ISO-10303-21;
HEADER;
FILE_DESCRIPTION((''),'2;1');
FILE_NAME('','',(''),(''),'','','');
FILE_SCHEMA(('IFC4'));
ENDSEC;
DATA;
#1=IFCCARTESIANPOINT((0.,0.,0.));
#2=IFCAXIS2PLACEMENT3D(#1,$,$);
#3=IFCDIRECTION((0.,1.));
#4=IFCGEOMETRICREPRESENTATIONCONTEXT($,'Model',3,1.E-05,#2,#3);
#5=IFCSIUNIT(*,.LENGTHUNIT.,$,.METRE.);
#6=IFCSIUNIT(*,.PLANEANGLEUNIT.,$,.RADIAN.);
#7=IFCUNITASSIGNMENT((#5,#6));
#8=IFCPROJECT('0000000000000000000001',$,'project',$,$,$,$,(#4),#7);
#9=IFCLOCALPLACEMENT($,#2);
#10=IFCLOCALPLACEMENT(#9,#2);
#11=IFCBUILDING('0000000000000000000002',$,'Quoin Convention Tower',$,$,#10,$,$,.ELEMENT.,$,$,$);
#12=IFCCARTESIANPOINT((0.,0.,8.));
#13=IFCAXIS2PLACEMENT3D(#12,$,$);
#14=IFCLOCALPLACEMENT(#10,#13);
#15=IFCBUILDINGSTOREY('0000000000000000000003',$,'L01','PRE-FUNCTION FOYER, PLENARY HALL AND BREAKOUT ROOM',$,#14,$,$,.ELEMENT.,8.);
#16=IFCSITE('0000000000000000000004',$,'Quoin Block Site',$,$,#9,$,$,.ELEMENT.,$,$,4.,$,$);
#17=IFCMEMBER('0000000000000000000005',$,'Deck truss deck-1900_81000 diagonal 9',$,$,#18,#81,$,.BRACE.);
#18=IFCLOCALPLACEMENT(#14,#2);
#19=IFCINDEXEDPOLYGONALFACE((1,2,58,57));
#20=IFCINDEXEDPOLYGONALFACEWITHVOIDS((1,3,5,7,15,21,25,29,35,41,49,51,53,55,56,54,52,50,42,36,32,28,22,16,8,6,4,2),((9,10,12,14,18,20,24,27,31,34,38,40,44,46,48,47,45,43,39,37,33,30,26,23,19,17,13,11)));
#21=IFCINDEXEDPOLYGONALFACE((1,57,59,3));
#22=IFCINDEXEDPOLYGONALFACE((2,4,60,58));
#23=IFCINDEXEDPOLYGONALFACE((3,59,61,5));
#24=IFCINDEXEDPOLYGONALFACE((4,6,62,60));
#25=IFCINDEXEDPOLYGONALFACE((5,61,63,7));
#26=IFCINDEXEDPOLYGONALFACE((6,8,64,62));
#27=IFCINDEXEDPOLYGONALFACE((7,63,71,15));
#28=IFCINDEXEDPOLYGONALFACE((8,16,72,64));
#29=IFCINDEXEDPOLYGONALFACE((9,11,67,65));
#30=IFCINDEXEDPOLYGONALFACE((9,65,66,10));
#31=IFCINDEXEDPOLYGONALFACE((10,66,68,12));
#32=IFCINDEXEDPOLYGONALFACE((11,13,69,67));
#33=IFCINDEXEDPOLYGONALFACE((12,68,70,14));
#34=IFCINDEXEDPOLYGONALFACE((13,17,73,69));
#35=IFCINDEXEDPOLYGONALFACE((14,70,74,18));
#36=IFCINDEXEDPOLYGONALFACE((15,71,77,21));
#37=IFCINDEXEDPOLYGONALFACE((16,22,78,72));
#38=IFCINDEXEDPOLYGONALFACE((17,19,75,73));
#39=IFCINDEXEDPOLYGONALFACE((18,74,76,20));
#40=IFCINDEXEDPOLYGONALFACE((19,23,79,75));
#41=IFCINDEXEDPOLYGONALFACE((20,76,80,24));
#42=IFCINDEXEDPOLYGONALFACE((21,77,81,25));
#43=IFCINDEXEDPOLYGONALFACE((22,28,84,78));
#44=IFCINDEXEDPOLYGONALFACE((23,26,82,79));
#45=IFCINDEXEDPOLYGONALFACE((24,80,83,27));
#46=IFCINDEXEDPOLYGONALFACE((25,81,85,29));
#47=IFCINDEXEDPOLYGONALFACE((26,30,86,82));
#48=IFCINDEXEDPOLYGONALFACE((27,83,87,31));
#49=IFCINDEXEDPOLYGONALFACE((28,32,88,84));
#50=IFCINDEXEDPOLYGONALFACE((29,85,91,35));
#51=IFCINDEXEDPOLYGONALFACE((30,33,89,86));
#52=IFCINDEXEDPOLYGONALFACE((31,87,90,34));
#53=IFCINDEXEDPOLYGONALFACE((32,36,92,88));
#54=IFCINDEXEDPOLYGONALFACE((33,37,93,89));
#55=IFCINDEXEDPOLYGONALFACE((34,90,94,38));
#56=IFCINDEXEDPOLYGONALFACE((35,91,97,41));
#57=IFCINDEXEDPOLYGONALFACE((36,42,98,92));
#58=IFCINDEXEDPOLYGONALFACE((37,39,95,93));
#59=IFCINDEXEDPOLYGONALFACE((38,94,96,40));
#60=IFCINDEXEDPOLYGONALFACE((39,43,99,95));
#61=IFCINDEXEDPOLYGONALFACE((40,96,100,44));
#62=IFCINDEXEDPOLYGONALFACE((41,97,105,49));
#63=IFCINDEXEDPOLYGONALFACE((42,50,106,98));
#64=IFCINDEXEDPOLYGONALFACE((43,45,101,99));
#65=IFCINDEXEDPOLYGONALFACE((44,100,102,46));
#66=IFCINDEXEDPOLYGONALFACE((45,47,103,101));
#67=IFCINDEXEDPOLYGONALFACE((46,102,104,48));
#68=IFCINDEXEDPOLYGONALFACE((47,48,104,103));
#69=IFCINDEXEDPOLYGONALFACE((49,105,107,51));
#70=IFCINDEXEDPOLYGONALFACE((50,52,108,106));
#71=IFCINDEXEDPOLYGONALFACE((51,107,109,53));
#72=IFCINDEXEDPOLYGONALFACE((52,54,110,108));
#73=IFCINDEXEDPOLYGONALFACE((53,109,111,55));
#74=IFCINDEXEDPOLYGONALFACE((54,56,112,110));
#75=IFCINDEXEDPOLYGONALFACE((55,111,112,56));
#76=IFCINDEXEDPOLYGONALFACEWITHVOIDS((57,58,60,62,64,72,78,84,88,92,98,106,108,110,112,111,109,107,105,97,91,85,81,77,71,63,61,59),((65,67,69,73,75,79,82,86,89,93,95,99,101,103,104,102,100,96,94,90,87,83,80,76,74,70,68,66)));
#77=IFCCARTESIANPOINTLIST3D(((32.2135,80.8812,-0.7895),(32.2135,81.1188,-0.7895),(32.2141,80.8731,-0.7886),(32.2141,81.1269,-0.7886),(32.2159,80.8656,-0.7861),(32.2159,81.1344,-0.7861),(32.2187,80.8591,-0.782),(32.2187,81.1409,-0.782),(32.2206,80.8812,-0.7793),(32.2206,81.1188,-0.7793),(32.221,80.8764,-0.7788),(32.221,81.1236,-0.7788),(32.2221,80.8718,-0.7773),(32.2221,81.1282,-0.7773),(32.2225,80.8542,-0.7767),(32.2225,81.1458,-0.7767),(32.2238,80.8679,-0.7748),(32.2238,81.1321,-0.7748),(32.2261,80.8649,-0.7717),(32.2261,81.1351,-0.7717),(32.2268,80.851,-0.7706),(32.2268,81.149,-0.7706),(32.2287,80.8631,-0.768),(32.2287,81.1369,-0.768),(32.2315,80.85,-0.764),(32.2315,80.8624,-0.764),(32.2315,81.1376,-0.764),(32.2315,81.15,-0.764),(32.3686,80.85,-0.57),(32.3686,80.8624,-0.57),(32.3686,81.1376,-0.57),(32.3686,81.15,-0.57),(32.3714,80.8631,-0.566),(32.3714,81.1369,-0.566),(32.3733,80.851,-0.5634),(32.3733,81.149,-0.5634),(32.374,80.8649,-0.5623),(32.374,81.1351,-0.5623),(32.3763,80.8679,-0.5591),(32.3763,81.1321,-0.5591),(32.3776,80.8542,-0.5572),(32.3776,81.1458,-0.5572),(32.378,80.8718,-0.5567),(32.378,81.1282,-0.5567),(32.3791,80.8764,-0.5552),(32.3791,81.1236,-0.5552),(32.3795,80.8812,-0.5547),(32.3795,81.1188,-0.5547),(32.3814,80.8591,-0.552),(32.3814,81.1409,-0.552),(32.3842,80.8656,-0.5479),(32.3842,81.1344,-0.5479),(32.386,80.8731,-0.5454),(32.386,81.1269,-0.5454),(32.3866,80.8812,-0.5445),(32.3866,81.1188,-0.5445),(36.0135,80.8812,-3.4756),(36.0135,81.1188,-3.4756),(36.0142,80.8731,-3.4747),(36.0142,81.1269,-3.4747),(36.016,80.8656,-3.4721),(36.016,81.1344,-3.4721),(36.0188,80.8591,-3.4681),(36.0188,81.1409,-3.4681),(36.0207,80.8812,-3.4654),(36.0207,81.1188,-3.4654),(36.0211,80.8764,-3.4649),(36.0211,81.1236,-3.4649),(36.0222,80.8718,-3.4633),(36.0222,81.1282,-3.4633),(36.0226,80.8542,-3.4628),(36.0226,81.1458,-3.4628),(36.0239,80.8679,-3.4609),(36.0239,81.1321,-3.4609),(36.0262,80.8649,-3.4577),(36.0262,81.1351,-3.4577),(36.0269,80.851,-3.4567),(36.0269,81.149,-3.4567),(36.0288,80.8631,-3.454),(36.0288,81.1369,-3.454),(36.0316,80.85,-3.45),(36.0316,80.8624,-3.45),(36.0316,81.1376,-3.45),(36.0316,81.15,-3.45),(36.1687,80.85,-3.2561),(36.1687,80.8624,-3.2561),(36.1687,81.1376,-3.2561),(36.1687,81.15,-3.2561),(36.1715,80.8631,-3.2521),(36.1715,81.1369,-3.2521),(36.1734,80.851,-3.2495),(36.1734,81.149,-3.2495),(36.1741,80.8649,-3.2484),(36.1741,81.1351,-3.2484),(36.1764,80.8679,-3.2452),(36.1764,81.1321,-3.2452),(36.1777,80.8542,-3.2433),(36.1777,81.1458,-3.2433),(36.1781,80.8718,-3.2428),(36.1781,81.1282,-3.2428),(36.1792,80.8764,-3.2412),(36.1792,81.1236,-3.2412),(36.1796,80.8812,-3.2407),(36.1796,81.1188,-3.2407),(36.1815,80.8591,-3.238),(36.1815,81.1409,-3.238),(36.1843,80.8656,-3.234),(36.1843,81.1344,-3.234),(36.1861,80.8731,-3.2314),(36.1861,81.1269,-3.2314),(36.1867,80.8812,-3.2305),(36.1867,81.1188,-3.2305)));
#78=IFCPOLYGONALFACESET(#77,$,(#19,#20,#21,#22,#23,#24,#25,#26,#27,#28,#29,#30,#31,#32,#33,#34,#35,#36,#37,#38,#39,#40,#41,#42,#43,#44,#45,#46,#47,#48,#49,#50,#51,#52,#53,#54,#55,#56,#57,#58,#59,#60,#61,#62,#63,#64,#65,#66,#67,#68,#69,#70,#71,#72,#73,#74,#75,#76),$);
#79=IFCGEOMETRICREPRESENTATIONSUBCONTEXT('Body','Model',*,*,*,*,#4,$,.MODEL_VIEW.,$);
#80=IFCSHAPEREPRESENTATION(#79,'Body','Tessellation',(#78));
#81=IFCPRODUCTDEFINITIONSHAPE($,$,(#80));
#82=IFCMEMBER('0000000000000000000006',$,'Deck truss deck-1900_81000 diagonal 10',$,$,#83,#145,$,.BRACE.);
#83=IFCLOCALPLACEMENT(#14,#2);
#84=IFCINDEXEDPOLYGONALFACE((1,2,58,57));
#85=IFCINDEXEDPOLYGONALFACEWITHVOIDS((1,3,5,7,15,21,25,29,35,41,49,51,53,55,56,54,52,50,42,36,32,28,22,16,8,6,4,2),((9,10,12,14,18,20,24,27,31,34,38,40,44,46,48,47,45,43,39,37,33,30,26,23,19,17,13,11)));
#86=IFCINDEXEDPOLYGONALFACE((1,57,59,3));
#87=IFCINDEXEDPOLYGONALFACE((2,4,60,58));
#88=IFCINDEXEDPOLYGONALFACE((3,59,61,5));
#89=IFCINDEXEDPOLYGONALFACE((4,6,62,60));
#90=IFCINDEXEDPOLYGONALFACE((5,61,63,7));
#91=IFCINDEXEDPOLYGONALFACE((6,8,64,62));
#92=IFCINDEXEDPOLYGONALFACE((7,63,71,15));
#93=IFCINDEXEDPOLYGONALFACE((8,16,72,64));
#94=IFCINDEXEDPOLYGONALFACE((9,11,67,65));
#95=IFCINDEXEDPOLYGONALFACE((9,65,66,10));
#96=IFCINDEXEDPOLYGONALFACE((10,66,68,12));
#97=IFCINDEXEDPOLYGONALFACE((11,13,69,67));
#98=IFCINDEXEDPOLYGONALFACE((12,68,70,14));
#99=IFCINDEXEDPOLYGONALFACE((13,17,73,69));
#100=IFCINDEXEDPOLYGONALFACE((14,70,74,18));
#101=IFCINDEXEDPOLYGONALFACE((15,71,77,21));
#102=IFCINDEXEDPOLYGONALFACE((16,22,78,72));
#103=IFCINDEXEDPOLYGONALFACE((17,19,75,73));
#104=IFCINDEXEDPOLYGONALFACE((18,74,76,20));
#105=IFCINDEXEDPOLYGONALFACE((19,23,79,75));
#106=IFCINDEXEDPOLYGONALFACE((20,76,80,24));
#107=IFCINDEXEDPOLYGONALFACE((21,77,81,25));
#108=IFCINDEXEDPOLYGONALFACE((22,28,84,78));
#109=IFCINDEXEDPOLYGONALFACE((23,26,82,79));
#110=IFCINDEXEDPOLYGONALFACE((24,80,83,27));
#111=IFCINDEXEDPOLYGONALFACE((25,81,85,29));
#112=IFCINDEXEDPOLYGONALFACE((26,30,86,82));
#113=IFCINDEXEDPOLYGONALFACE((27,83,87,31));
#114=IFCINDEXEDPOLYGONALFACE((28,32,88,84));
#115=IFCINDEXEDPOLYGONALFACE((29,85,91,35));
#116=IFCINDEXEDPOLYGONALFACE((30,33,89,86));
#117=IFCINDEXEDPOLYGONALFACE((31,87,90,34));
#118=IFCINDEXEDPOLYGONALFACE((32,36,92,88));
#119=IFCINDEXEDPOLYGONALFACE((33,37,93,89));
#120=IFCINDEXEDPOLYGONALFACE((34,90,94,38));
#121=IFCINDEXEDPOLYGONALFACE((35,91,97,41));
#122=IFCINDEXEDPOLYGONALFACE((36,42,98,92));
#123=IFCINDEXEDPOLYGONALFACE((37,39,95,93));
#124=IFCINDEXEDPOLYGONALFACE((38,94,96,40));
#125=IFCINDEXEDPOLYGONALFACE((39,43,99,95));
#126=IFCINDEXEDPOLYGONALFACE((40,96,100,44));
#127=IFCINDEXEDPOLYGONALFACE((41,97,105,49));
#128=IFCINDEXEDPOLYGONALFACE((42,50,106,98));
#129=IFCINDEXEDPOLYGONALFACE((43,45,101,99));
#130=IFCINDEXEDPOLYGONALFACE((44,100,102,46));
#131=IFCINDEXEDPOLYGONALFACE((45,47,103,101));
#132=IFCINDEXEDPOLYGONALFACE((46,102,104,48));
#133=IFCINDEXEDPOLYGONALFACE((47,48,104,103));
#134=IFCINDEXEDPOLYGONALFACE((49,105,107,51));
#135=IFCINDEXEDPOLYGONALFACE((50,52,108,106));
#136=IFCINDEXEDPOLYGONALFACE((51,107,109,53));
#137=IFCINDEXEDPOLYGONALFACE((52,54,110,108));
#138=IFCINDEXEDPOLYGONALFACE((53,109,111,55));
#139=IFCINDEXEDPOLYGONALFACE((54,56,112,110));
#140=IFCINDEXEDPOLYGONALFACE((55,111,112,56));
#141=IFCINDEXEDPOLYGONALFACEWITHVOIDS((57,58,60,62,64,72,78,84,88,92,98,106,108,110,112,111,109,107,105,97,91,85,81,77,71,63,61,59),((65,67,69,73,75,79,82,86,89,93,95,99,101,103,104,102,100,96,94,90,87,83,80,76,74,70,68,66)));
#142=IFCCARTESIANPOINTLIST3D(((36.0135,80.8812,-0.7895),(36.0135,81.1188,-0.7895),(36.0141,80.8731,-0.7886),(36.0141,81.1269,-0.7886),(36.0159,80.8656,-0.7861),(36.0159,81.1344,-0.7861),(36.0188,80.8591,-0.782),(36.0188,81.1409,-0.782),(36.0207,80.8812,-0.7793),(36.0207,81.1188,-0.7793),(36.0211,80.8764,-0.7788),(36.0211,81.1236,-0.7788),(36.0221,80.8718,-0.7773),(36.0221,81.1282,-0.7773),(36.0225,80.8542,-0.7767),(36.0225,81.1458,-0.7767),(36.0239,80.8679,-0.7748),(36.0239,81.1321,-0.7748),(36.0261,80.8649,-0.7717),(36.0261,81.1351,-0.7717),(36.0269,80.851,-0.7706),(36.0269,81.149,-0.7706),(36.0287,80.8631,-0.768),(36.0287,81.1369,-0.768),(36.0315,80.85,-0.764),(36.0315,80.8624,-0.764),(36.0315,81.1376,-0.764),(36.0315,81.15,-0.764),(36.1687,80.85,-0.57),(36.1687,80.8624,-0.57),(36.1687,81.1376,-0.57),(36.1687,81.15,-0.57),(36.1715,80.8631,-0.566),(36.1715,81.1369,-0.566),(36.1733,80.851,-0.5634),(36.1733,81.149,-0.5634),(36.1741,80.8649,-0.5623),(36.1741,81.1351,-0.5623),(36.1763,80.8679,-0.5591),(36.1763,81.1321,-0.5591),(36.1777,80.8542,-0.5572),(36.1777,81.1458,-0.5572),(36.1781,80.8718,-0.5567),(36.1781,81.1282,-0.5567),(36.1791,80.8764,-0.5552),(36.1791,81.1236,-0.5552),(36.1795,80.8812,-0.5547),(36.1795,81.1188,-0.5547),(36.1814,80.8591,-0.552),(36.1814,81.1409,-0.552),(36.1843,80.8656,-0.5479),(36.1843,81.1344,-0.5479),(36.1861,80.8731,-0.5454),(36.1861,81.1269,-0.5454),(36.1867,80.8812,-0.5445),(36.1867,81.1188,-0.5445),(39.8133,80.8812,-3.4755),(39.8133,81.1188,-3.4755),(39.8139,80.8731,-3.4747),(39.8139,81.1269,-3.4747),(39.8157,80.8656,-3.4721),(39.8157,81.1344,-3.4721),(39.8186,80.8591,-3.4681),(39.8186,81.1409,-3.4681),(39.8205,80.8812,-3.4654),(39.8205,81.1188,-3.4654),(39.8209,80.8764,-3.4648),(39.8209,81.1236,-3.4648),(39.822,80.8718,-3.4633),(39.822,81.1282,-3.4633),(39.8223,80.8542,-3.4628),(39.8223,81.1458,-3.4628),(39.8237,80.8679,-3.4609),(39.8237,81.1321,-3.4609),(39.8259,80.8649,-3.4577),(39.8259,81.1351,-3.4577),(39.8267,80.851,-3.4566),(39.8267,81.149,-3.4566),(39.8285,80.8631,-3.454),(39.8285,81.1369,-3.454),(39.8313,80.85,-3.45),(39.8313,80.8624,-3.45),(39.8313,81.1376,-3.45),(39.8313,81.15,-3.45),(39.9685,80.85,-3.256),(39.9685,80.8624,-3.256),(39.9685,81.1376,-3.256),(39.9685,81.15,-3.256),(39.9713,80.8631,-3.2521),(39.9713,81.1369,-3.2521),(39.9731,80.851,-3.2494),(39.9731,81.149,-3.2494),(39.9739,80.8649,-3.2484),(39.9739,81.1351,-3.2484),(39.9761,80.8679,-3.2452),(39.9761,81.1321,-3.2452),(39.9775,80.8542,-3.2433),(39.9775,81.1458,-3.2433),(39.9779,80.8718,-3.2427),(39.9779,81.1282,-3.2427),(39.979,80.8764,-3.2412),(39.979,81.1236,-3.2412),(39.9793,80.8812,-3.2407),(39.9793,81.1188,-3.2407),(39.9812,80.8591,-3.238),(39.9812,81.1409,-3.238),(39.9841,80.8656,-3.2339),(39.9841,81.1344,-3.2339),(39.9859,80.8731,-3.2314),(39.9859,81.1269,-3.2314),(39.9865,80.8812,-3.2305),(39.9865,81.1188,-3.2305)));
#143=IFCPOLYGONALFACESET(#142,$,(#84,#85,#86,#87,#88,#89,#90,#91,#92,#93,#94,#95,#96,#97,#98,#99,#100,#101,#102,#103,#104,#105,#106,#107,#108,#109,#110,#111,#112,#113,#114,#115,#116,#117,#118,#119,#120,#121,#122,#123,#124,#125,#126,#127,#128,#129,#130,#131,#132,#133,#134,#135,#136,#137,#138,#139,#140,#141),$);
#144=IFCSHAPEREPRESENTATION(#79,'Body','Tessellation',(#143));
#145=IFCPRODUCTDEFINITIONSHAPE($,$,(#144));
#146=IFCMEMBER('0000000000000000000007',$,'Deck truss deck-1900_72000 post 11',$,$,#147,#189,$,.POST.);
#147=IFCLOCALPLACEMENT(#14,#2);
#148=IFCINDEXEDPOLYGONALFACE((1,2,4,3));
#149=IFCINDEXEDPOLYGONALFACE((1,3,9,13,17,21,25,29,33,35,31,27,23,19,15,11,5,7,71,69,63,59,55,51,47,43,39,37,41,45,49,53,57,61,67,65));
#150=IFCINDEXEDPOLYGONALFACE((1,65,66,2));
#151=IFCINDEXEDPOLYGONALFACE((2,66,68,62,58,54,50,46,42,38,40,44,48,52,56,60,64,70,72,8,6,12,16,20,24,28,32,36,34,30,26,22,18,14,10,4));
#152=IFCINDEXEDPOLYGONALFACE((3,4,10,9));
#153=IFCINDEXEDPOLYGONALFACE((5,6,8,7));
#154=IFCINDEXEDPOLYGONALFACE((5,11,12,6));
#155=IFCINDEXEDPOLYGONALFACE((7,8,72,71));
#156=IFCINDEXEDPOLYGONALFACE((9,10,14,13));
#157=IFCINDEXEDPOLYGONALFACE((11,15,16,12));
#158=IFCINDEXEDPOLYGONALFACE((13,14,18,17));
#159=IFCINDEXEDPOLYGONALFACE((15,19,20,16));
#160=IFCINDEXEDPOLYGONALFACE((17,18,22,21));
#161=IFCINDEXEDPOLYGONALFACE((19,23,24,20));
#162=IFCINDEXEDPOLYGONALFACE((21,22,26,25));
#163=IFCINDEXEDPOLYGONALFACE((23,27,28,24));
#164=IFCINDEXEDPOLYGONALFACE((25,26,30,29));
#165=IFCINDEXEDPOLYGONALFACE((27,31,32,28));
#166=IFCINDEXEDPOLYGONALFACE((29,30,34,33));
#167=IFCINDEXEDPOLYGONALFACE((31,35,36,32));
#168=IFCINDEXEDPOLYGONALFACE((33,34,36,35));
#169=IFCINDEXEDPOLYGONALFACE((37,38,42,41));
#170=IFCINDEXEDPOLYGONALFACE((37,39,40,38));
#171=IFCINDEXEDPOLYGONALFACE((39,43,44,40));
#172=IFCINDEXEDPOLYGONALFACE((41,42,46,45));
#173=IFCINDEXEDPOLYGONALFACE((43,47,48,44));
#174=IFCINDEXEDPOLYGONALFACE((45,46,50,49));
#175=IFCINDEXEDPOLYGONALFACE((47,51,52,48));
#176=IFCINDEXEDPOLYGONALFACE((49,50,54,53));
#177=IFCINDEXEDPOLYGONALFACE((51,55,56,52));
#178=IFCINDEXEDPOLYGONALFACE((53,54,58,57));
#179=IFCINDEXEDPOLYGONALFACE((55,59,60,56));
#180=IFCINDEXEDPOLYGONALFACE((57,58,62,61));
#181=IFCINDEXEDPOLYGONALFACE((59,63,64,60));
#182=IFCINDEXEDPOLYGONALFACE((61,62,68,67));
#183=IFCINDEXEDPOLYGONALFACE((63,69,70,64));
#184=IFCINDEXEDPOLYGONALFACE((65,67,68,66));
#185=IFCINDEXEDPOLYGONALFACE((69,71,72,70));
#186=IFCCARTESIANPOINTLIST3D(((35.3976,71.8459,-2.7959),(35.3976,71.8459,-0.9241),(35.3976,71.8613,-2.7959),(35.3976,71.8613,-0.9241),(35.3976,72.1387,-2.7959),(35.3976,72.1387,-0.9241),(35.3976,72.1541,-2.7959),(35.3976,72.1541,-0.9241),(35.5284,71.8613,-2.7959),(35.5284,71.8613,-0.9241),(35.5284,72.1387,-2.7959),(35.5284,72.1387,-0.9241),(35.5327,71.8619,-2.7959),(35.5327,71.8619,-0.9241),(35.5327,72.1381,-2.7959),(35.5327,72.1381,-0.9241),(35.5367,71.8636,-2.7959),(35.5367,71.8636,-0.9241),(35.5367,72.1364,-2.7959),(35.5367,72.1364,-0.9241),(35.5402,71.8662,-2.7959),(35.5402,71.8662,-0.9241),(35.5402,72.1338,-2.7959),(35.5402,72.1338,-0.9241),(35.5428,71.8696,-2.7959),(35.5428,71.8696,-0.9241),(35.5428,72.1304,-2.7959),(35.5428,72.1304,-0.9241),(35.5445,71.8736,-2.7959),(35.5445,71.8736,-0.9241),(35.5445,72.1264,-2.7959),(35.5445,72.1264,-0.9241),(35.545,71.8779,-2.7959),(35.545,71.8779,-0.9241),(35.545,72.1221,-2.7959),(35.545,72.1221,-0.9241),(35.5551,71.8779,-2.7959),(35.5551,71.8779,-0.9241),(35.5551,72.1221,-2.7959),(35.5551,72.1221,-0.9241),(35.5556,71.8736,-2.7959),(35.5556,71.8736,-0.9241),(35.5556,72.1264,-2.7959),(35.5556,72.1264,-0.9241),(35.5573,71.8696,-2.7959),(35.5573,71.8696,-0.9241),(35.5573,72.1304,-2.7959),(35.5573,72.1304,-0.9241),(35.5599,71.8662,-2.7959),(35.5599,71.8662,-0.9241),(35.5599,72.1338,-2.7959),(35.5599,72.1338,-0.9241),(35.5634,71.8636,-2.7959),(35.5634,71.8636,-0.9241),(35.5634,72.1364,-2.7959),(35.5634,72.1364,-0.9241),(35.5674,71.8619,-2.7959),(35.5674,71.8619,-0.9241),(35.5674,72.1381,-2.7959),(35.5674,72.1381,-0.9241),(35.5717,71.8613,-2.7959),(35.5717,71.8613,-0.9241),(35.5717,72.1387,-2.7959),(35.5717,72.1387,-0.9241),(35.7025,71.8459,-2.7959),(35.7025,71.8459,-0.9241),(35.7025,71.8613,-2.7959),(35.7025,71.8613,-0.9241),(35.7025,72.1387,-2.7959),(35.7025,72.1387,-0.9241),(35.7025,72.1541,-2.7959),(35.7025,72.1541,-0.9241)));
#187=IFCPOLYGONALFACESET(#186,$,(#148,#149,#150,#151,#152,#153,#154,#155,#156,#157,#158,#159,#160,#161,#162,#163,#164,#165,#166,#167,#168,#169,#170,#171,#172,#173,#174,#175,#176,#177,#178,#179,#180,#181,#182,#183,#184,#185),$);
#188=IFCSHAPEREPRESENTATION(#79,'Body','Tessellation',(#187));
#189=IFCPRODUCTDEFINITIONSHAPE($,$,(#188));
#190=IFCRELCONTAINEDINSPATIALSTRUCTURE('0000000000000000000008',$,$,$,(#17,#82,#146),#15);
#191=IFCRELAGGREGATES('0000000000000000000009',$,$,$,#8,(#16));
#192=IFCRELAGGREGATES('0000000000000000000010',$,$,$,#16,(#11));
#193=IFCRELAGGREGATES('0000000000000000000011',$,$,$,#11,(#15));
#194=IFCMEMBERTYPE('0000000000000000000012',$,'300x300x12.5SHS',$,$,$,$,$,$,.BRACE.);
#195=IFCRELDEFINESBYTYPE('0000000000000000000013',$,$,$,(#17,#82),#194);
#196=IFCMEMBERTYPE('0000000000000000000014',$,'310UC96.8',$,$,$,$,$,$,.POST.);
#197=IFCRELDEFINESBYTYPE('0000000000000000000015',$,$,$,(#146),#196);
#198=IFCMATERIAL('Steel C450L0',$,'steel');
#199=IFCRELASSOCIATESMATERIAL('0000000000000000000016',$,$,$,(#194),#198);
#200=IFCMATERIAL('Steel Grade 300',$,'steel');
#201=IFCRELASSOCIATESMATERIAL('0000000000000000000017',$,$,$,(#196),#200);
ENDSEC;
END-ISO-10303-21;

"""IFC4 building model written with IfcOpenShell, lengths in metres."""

from ifc_helpers import new_model, si_unit, direction, frame, origin, origin_2d, place, context, subcontext, project, spatial, hollow_rectangle, i_section, extrude, material, material_profile, profile_set, type_object, element, save


model = new_model("IFC4")

# Units and contexts
model_context = context("Model", 3, precision=1e-05, world=origin(), true_north=direction((0.0, 1.0)))
body_context = subcontext(model_context, "Body", "Model", "MODEL_VIEW")
ifc_project = project(units=[si_unit("LENGTHUNIT", "METRE"), si_unit("PLANEANGLEUNIT", "RADIAN")], contexts=[model_context])

# Site, building, storey
site_placement = place(None, origin())
site = spatial("IfcSite", under=ifc_project, at=site_placement, Name="Quoin Block Site", CompositionType="ELEMENT", RefElevation=4.0)
building_placement = place(site_placement, origin())
building = spatial("IfcBuilding", under=site, at=building_placement, Name="Quoin Convention Tower", CompositionType="ELEMENT")
storey_placement = place(building_placement, frame((0.0, 0.0, 8.0)))
storey = spatial("IfcBuildingStorey", under=building, at=storey_placement, Name="L01", Description="PRE-FUNCTION FOYER, PLENARY HALL AND BREAKOUT ROOM", CompositionType="ELEMENT", Elevation=8.0)

# Shared definitions
ifc_material_1 = material(Name="Steel Grade 300", Category="steel")
ifc_material_2 = material(Name="Steel C450L0", Category="steel")

# Members
ifc_material_profile_1 = material_profile(ifc_material_2, hollow_rectangle(XDim=0.3, YDim=0.3, WallThickness=0.0125, InnerFilletRadius=0.0188, OuterFilletRadius=0.0312, at=origin_2d()), Name="300x300x12.5SHS")
ifc_profile_set_1 = profile_set([ifc_material_profile_1], Name="Steel C450L0")
member_type_1 = type_object("IfcMemberType", Name="300x300x12.5SHS", PredefinedType="BRACE", material=ifc_profile_set_1)
for number, where, z_axis, x_axis, name in (
    (1, (32.3, 81.0, -0.667), (0.816598, 0.0, -0.577206), (0.0, 1.0, 0.0), "Deck truss deck-1900_81000 diagonal 9"),
):
    element("IfcMember", number, at=place(storey_placement, frame(where, z_axis=z_axis, x_axis=x_axis)), inside=storey, type_object=member_type_1, Name=name, PredefinedType="BRACE", context=body_context, shape_type="SweptSolid", body=[
        extrude(hollow_rectangle(XDim=0.3, YDim=0.3, WallThickness=0.0125, InnerFilletRadius=0.0188, OuterFilletRadius=0.0312, at=origin_2d()), origin(), (0.0, 0.0, 1.0), 4.6536),
    ])
member_1_placement = place(storey_placement, frame((36.1001, 81.0, -0.667), z_axis=(0.816581, 0.0, -0.577231), x_axis=(0.0, 1.0, 0.0)))
element("IfcMember", 2, at=member_1_placement, inside=storey, type_object=member_type_1, Name="Deck truss deck-1900_81000 diagonal 10", PredefinedType="BRACE", context=body_context, shape_type="SweptSolid", body=[
    extrude(hollow_rectangle(XDim=0.3, YDim=0.3, WallThickness=0.0125, InnerFilletRadius=0.0188, OuterFilletRadius=0.0312, at=origin_2d()), origin(), (0.0, 0.0, 1.0), 4.6533),
])
ifc_material_profile_2 = material_profile(ifc_material_1, i_section(OverallWidth=0.3049, OverallDepth=0.3081, WebThickness=0.01, FlangeThickness=0.0154, FilletRadius=0.0166, at=origin_2d()), Name="310UC96.8")
ifc_profile_set_2 = profile_set([ifc_material_profile_2], Name="Steel Grade 300")
member_type_2 = type_object("IfcMemberType", Name="310UC96.8", PredefinedType="POST", material=ifc_profile_set_2)
member_2_placement = place(storey_placement, frame((35.55, 72.0, -2.7959), z_axis=(0.0, 0.0, 1.0), x_axis=(1.0, 0.0, 0.0)))
element("IfcMember", 3, at=member_2_placement, inside=storey, type_object=member_type_2, Name="Deck truss deck-1900_72000 post 11", PredefinedType="POST", context=body_context, shape_type="SweptSolid", body=[
    extrude(i_section(OverallWidth=0.3049, OverallDepth=0.3081, WebThickness=0.01, FlangeThickness=0.0154, FilletRadius=0.0166, at=origin_2d()), origin(), (0.0, 0.0, 1.0), 1.8718),
])

save(model, "model.ifc")
